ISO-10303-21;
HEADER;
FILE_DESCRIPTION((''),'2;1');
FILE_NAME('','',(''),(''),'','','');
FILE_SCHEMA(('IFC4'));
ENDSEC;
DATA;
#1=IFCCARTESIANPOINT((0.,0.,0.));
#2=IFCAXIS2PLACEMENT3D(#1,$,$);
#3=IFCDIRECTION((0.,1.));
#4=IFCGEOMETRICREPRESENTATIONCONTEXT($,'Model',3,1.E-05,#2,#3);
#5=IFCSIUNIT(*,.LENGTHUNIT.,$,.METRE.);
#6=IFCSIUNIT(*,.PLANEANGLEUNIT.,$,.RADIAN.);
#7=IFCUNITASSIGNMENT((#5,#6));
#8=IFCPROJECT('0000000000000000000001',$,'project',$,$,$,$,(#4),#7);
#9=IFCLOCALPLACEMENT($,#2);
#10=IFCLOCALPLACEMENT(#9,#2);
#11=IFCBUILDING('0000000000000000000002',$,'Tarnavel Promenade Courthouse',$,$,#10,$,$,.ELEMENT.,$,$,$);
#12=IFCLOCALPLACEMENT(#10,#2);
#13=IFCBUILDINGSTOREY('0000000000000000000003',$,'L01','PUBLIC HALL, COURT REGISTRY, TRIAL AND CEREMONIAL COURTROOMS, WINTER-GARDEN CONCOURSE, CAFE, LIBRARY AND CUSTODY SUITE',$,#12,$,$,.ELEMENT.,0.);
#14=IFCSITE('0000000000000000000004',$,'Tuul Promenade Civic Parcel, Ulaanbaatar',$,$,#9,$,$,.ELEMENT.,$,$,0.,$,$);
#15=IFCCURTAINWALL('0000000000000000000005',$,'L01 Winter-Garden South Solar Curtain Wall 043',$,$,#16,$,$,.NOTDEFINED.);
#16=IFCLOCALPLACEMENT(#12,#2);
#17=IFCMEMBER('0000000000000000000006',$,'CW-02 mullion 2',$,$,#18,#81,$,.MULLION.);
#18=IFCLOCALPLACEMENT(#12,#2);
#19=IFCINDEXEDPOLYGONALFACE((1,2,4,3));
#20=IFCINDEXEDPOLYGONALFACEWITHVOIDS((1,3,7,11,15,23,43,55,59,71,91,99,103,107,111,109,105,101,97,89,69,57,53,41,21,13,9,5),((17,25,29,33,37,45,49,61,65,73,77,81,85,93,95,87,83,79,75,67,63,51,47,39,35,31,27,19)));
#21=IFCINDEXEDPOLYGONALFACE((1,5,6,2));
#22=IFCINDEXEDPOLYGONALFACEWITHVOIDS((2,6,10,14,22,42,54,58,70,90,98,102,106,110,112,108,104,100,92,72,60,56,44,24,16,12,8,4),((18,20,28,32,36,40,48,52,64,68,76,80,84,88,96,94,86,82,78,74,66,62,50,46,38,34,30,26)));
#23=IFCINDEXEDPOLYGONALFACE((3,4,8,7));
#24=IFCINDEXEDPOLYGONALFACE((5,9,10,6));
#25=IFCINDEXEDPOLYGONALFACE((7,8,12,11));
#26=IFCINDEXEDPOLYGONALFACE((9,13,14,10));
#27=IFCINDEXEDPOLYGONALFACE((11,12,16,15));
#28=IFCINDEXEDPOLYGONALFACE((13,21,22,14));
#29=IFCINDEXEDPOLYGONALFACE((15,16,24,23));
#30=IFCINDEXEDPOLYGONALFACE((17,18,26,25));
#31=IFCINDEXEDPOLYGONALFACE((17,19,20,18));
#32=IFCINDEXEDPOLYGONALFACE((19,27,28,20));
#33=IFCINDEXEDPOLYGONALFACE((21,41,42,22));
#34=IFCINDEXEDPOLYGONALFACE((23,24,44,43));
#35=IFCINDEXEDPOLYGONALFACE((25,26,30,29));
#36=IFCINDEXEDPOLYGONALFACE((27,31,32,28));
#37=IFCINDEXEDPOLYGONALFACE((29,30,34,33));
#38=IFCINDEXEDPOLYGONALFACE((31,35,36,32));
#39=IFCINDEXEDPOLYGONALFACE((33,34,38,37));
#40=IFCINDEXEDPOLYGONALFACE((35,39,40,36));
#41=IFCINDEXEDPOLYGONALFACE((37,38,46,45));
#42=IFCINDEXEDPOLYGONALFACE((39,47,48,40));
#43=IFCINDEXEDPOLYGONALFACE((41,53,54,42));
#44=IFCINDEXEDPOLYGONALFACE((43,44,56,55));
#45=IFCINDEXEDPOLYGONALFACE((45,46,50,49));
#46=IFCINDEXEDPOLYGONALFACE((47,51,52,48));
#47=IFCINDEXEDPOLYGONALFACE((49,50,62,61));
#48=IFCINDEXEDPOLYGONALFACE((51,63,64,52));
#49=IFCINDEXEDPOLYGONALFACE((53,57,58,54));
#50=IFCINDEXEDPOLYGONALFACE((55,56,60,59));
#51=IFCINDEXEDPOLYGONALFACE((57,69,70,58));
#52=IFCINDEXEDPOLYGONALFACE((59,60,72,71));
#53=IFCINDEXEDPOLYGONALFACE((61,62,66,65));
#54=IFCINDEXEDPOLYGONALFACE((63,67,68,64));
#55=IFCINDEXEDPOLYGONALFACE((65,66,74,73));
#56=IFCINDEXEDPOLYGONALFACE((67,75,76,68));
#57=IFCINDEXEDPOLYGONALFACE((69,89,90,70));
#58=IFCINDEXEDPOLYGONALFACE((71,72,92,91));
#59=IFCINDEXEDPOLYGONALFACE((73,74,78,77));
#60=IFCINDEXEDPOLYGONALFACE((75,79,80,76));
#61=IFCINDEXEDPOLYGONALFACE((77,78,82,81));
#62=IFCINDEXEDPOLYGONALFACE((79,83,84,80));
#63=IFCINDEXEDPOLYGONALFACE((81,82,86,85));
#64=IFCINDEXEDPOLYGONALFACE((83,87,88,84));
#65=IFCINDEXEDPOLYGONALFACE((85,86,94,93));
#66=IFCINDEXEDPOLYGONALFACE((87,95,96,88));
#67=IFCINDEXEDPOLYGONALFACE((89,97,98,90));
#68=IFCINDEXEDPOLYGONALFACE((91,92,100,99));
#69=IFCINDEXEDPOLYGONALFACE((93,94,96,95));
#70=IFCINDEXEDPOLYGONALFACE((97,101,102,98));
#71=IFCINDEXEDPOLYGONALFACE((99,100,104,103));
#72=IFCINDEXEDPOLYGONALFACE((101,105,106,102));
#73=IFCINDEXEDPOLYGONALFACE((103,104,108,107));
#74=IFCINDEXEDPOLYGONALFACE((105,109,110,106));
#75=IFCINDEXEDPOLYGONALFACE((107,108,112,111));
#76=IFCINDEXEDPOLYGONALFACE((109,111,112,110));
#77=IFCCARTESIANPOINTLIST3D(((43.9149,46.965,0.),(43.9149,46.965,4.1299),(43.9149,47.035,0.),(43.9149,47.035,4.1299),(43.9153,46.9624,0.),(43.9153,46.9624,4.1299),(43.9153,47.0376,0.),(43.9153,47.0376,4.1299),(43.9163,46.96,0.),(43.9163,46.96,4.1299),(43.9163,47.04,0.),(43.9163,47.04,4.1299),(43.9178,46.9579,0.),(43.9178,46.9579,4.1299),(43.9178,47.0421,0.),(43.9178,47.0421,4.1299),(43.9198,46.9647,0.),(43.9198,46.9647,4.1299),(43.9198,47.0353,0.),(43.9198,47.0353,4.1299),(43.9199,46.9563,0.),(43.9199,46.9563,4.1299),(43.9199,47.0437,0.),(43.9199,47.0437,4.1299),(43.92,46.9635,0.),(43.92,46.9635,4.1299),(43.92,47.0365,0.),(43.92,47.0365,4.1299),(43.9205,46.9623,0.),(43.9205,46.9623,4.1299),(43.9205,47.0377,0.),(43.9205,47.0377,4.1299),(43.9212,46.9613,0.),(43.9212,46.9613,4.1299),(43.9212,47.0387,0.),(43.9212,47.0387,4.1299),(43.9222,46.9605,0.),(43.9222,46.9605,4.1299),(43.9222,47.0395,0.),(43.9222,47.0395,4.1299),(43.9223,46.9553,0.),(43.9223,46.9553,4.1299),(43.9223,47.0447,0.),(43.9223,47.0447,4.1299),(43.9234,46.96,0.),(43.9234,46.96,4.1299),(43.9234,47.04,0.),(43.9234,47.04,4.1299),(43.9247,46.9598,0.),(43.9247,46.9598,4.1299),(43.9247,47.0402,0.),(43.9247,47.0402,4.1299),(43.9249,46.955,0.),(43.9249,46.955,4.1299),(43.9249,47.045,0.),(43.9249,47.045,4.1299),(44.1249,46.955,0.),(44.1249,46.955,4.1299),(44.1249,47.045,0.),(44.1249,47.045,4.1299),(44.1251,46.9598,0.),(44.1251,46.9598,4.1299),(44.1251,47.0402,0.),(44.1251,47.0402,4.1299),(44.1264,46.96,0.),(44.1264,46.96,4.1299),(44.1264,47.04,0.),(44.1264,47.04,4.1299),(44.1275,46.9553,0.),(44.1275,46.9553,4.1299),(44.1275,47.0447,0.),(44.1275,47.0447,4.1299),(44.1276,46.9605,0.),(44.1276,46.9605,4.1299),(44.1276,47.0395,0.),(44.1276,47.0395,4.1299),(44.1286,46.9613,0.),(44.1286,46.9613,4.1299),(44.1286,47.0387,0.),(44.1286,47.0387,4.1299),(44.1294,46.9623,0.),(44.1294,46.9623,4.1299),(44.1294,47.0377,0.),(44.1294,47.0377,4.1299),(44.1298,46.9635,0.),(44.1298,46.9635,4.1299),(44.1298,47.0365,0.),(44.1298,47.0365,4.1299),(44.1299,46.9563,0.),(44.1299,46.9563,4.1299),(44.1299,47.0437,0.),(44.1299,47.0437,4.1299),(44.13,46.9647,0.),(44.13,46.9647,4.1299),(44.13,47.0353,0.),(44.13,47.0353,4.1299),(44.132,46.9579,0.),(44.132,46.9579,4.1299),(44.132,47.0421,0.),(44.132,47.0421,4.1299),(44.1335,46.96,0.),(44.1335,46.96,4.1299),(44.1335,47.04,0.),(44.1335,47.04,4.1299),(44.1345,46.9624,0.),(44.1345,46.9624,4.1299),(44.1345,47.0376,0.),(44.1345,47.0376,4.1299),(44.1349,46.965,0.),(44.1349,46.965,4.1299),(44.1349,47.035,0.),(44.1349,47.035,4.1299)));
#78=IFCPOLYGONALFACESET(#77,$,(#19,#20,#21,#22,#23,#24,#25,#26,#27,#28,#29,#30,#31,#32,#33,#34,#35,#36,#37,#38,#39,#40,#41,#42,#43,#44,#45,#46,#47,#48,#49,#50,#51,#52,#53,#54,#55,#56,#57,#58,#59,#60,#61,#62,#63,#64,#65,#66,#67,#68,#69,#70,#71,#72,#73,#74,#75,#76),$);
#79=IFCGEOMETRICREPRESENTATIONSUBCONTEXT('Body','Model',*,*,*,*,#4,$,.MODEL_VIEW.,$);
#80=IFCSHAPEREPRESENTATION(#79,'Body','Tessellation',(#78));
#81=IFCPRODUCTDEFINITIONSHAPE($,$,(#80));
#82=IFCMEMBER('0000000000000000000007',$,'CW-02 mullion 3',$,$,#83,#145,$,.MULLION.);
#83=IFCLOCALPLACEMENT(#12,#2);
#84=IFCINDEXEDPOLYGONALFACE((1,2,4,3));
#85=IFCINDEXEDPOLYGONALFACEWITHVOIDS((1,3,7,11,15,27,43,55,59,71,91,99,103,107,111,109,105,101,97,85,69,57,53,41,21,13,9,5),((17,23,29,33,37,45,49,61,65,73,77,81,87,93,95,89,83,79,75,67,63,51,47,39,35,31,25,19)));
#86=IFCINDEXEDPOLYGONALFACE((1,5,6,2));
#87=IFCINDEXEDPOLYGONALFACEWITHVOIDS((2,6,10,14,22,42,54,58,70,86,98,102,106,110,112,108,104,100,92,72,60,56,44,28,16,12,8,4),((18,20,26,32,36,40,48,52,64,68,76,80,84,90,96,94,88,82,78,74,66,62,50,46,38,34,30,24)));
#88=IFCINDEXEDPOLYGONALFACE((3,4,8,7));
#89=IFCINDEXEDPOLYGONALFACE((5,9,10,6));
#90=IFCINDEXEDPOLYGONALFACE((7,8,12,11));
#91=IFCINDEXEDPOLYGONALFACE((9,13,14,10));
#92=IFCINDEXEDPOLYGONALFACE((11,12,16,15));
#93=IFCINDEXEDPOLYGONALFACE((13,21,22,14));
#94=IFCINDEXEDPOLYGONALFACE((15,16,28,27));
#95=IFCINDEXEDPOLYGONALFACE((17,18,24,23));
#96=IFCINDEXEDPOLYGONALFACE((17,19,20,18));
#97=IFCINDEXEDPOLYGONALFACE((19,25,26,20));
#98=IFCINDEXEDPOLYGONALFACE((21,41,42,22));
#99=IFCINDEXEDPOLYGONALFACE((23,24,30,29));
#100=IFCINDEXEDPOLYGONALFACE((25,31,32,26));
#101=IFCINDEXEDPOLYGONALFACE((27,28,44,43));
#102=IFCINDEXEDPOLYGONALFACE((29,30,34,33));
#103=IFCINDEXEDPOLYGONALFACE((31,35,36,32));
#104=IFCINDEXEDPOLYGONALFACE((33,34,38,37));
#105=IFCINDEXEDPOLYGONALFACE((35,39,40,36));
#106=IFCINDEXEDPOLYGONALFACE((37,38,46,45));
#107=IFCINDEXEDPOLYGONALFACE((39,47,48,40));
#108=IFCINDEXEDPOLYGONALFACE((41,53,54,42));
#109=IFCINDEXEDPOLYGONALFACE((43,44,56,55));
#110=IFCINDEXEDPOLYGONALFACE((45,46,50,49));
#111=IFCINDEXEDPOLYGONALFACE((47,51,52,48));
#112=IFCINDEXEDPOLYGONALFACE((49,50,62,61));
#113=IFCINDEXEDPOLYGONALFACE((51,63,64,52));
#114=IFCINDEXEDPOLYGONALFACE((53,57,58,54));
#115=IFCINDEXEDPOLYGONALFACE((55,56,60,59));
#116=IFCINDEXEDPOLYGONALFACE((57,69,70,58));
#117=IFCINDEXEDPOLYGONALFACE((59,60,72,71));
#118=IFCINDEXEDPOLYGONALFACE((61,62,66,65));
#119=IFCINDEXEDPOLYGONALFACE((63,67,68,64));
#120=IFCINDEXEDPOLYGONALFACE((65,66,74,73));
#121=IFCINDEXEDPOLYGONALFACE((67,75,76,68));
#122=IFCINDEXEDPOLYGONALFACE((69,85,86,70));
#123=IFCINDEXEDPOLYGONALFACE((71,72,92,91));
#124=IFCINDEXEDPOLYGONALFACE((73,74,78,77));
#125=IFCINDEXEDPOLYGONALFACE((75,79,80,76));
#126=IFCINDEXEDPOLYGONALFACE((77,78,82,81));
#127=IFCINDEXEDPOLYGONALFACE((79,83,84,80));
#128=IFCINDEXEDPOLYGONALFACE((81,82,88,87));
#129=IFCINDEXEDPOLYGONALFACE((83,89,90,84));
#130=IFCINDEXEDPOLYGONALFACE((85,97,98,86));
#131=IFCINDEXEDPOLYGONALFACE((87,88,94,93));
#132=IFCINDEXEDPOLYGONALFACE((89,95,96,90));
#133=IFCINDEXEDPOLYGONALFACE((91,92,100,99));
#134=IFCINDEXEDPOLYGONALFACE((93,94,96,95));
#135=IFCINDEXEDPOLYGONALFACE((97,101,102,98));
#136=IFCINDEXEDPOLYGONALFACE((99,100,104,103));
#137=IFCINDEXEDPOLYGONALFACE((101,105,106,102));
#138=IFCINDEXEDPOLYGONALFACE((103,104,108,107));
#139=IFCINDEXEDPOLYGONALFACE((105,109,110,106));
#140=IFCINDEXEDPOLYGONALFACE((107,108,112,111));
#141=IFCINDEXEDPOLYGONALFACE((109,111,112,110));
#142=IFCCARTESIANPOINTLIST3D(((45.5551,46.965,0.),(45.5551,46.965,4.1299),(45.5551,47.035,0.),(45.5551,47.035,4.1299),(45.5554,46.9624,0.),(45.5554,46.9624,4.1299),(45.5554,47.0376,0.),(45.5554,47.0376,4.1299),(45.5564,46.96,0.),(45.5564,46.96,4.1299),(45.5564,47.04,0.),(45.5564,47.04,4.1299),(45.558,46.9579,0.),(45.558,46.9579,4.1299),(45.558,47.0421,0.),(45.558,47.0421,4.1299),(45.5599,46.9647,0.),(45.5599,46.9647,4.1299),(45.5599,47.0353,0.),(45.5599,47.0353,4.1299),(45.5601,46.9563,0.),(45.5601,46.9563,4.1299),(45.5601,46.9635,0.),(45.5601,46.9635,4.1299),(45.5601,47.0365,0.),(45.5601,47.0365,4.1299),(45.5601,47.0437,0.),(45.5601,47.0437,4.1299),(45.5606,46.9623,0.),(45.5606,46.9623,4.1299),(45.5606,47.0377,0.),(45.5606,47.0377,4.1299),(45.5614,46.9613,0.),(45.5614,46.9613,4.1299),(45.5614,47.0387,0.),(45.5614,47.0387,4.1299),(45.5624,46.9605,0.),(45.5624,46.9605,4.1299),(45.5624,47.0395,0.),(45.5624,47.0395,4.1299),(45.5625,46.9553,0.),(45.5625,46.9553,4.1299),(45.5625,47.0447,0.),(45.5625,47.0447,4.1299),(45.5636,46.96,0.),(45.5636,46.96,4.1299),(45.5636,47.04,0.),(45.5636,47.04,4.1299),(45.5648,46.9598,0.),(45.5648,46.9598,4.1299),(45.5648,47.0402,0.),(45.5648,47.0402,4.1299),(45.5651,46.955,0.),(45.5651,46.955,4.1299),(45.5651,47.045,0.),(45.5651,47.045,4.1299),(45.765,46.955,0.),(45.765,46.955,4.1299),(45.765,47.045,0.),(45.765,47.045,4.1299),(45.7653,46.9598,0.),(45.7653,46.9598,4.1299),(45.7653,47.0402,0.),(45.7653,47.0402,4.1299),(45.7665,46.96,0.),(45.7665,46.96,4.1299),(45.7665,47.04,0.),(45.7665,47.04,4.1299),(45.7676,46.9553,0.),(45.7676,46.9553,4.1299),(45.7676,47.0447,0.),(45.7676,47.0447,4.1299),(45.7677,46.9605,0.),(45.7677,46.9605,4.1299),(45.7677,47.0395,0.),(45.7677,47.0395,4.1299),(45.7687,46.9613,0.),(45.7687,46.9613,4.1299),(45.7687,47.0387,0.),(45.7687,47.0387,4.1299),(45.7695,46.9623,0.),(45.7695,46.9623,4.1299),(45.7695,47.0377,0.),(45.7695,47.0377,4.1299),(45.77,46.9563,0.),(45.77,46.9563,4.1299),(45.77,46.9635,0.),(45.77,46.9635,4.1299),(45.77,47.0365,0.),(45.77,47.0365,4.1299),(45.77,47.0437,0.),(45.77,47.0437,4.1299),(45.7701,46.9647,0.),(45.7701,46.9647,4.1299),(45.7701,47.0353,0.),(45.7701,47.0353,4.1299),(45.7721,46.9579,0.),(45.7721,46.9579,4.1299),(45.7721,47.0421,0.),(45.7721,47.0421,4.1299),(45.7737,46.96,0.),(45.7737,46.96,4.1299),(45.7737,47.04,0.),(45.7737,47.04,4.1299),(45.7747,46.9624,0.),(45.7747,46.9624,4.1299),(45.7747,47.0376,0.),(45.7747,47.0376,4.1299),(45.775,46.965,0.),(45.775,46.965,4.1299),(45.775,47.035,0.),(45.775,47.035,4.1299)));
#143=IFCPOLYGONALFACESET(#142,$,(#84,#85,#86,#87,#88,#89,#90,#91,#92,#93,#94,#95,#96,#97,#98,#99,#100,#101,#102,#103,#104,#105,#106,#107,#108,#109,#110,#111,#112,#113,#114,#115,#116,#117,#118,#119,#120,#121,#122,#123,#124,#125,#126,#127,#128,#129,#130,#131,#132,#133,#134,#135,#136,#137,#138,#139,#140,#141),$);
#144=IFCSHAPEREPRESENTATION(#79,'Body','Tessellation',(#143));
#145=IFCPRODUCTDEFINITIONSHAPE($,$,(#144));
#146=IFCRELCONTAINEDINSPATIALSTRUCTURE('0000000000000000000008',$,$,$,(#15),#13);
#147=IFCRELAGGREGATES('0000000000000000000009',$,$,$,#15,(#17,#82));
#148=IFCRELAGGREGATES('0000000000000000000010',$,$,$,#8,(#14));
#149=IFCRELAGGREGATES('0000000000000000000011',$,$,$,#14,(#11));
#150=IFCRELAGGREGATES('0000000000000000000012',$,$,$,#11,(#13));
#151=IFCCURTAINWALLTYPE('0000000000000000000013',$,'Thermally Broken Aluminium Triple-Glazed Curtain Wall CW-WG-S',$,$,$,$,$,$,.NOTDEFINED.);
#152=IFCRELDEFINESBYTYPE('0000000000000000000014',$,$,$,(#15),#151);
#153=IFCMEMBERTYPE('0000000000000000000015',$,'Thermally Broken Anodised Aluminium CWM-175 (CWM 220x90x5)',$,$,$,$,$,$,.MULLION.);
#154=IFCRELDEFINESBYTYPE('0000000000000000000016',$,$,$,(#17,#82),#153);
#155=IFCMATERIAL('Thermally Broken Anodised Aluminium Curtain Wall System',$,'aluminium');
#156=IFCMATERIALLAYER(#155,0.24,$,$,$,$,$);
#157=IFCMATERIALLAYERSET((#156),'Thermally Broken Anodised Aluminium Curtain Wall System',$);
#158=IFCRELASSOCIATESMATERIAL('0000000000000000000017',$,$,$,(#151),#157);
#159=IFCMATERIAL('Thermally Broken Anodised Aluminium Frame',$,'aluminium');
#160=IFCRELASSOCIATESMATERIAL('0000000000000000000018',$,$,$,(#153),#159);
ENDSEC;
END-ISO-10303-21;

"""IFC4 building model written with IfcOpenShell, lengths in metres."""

from ifc_helpers import new_model, si_unit, direction, frame, origin, origin_2d, place, context, subcontext, project, spatial, hollow_rectangle, extrude, material, layer, layer_set, material_profile, profile_set, type_object, element, aggregate, save


model = new_model("IFC4")

# Units and contexts
model_context = context("Model", 3, precision=1e-05, world=origin(), true_north=direction((0.0, 1.0)))
body_context = subcontext(model_context, "Body", "Model", "MODEL_VIEW")
ifc_project = project(units=[si_unit("LENGTHUNIT", "METRE"), si_unit("PLANEANGLEUNIT", "RADIAN")], contexts=[model_context])

# Site, building, storey
site_placement = place(None, origin())
site = spatial("IfcSite", under=ifc_project, at=site_placement, Name="Tuul Promenade Civic Parcel, Ulaanbaatar", CompositionType="ELEMENT", RefElevation=0.0)
building_placement = place(site_placement, origin())
building = spatial("IfcBuilding", under=site, at=building_placement, Name="Tarnavel Promenade Courthouse", CompositionType="ELEMENT")
storey_placement = place(building_placement, origin())
storey = spatial("IfcBuildingStorey", under=building, at=storey_placement, Name="L01", Description="PUBLIC HALL, COURT REGISTRY, TRIAL AND CEREMONIAL COURTROOMS, WINTER-GARDEN CONCOURSE, CAFE, LIBRARY AND CUSTODY SUITE", CompositionType="ELEMENT", Elevation=0.0)

# Curtain wall, members
ifc_material_1 = material(Name="Thermally Broken Anodised Aluminium Curtain Wall System", Category="aluminium")
ifc_layer_1 = layer(ifc_material_1, 0.24)
ifc_layer_set_1 = layer_set([ifc_layer_1], Name="Thermally Broken Anodised Aluminium Curtain Wall System")
curtain_wall_type = type_object("IfcCurtainWallType", Name="Thermally Broken Aluminium Triple-Glazed Curtain Wall CW-WG-S", PredefinedType="NOTDEFINED", material=ifc_layer_set_1)
curtain_wall_1_placement = place(storey_placement, origin())
curtain_wall_1 = element("IfcCurtainWall", 1, at=curtain_wall_1_placement, inside=storey, type_object=curtain_wall_type, Name="L01 Winter-Garden South Solar Curtain Wall 043", PredefinedType="NOTDEFINED")
ifc_material_2 = material(Name="Thermally Broken Anodised Aluminium Frame", Category="aluminium")
ifc_material_profile_1 = material_profile(ifc_material_2, hollow_rectangle(XDim=0.0901, YDim=0.22, WallThickness=0.0049, InnerFilletRadius=0.0049, OuterFilletRadius=0.01, at=origin_2d()), Name="CWM 220x90x5")
ifc_profile_set_1 = profile_set([ifc_material_profile_1], Name="Thermally Broken Anodised Aluminium Frame")
member_type_1 = type_object("IfcMemberType", Name="Thermally Broken Anodised Aluminium CWM-175 (CWM 220x90x5)", PredefinedType="MULLION", material=ifc_profile_set_1)
member_1_placement = place(storey_placement, frame((44.0249, 47.0, 0.0), z_axis=(0.0, 0.0, 1.0), x_axis=(0.0, 1.0, 0.0)))
member_1 = element("IfcMember", 2, at=member_1_placement, type_object=member_type_1, Name="CW-02 mullion 2", PredefinedType="MULLION", context=body_context, shape_type="SweptSolid", body=[
    extrude(hollow_rectangle(XDim=0.0901, YDim=0.22, WallThickness=0.0049, InnerFilletRadius=0.0049, OuterFilletRadius=0.01, at=origin_2d()), origin(), (0.0, 0.0, 1.0), 4.1299),
])
member_2_placement = place(storey_placement, frame((45.665, 47.0, 0.0), z_axis=(0.0, 0.0, 1.0), x_axis=(0.0, 1.0, 0.0)))
member_2 = element("IfcMember", 3, at=member_2_placement, type_object=member_type_1, Name="CW-02 mullion 3", PredefinedType="MULLION", context=body_context, shape_type="SweptSolid", body=[
    extrude(hollow_rectangle(XDim=0.0901, YDim=0.22, WallThickness=0.0049, InnerFilletRadius=0.0049, OuterFilletRadius=0.01, at=origin_2d()), origin(), (0.0, 0.0, 1.0), 4.1299),
])

aggregate(curtain_wall_1, [member_1, member_2])

save(model, "model.ifc")
